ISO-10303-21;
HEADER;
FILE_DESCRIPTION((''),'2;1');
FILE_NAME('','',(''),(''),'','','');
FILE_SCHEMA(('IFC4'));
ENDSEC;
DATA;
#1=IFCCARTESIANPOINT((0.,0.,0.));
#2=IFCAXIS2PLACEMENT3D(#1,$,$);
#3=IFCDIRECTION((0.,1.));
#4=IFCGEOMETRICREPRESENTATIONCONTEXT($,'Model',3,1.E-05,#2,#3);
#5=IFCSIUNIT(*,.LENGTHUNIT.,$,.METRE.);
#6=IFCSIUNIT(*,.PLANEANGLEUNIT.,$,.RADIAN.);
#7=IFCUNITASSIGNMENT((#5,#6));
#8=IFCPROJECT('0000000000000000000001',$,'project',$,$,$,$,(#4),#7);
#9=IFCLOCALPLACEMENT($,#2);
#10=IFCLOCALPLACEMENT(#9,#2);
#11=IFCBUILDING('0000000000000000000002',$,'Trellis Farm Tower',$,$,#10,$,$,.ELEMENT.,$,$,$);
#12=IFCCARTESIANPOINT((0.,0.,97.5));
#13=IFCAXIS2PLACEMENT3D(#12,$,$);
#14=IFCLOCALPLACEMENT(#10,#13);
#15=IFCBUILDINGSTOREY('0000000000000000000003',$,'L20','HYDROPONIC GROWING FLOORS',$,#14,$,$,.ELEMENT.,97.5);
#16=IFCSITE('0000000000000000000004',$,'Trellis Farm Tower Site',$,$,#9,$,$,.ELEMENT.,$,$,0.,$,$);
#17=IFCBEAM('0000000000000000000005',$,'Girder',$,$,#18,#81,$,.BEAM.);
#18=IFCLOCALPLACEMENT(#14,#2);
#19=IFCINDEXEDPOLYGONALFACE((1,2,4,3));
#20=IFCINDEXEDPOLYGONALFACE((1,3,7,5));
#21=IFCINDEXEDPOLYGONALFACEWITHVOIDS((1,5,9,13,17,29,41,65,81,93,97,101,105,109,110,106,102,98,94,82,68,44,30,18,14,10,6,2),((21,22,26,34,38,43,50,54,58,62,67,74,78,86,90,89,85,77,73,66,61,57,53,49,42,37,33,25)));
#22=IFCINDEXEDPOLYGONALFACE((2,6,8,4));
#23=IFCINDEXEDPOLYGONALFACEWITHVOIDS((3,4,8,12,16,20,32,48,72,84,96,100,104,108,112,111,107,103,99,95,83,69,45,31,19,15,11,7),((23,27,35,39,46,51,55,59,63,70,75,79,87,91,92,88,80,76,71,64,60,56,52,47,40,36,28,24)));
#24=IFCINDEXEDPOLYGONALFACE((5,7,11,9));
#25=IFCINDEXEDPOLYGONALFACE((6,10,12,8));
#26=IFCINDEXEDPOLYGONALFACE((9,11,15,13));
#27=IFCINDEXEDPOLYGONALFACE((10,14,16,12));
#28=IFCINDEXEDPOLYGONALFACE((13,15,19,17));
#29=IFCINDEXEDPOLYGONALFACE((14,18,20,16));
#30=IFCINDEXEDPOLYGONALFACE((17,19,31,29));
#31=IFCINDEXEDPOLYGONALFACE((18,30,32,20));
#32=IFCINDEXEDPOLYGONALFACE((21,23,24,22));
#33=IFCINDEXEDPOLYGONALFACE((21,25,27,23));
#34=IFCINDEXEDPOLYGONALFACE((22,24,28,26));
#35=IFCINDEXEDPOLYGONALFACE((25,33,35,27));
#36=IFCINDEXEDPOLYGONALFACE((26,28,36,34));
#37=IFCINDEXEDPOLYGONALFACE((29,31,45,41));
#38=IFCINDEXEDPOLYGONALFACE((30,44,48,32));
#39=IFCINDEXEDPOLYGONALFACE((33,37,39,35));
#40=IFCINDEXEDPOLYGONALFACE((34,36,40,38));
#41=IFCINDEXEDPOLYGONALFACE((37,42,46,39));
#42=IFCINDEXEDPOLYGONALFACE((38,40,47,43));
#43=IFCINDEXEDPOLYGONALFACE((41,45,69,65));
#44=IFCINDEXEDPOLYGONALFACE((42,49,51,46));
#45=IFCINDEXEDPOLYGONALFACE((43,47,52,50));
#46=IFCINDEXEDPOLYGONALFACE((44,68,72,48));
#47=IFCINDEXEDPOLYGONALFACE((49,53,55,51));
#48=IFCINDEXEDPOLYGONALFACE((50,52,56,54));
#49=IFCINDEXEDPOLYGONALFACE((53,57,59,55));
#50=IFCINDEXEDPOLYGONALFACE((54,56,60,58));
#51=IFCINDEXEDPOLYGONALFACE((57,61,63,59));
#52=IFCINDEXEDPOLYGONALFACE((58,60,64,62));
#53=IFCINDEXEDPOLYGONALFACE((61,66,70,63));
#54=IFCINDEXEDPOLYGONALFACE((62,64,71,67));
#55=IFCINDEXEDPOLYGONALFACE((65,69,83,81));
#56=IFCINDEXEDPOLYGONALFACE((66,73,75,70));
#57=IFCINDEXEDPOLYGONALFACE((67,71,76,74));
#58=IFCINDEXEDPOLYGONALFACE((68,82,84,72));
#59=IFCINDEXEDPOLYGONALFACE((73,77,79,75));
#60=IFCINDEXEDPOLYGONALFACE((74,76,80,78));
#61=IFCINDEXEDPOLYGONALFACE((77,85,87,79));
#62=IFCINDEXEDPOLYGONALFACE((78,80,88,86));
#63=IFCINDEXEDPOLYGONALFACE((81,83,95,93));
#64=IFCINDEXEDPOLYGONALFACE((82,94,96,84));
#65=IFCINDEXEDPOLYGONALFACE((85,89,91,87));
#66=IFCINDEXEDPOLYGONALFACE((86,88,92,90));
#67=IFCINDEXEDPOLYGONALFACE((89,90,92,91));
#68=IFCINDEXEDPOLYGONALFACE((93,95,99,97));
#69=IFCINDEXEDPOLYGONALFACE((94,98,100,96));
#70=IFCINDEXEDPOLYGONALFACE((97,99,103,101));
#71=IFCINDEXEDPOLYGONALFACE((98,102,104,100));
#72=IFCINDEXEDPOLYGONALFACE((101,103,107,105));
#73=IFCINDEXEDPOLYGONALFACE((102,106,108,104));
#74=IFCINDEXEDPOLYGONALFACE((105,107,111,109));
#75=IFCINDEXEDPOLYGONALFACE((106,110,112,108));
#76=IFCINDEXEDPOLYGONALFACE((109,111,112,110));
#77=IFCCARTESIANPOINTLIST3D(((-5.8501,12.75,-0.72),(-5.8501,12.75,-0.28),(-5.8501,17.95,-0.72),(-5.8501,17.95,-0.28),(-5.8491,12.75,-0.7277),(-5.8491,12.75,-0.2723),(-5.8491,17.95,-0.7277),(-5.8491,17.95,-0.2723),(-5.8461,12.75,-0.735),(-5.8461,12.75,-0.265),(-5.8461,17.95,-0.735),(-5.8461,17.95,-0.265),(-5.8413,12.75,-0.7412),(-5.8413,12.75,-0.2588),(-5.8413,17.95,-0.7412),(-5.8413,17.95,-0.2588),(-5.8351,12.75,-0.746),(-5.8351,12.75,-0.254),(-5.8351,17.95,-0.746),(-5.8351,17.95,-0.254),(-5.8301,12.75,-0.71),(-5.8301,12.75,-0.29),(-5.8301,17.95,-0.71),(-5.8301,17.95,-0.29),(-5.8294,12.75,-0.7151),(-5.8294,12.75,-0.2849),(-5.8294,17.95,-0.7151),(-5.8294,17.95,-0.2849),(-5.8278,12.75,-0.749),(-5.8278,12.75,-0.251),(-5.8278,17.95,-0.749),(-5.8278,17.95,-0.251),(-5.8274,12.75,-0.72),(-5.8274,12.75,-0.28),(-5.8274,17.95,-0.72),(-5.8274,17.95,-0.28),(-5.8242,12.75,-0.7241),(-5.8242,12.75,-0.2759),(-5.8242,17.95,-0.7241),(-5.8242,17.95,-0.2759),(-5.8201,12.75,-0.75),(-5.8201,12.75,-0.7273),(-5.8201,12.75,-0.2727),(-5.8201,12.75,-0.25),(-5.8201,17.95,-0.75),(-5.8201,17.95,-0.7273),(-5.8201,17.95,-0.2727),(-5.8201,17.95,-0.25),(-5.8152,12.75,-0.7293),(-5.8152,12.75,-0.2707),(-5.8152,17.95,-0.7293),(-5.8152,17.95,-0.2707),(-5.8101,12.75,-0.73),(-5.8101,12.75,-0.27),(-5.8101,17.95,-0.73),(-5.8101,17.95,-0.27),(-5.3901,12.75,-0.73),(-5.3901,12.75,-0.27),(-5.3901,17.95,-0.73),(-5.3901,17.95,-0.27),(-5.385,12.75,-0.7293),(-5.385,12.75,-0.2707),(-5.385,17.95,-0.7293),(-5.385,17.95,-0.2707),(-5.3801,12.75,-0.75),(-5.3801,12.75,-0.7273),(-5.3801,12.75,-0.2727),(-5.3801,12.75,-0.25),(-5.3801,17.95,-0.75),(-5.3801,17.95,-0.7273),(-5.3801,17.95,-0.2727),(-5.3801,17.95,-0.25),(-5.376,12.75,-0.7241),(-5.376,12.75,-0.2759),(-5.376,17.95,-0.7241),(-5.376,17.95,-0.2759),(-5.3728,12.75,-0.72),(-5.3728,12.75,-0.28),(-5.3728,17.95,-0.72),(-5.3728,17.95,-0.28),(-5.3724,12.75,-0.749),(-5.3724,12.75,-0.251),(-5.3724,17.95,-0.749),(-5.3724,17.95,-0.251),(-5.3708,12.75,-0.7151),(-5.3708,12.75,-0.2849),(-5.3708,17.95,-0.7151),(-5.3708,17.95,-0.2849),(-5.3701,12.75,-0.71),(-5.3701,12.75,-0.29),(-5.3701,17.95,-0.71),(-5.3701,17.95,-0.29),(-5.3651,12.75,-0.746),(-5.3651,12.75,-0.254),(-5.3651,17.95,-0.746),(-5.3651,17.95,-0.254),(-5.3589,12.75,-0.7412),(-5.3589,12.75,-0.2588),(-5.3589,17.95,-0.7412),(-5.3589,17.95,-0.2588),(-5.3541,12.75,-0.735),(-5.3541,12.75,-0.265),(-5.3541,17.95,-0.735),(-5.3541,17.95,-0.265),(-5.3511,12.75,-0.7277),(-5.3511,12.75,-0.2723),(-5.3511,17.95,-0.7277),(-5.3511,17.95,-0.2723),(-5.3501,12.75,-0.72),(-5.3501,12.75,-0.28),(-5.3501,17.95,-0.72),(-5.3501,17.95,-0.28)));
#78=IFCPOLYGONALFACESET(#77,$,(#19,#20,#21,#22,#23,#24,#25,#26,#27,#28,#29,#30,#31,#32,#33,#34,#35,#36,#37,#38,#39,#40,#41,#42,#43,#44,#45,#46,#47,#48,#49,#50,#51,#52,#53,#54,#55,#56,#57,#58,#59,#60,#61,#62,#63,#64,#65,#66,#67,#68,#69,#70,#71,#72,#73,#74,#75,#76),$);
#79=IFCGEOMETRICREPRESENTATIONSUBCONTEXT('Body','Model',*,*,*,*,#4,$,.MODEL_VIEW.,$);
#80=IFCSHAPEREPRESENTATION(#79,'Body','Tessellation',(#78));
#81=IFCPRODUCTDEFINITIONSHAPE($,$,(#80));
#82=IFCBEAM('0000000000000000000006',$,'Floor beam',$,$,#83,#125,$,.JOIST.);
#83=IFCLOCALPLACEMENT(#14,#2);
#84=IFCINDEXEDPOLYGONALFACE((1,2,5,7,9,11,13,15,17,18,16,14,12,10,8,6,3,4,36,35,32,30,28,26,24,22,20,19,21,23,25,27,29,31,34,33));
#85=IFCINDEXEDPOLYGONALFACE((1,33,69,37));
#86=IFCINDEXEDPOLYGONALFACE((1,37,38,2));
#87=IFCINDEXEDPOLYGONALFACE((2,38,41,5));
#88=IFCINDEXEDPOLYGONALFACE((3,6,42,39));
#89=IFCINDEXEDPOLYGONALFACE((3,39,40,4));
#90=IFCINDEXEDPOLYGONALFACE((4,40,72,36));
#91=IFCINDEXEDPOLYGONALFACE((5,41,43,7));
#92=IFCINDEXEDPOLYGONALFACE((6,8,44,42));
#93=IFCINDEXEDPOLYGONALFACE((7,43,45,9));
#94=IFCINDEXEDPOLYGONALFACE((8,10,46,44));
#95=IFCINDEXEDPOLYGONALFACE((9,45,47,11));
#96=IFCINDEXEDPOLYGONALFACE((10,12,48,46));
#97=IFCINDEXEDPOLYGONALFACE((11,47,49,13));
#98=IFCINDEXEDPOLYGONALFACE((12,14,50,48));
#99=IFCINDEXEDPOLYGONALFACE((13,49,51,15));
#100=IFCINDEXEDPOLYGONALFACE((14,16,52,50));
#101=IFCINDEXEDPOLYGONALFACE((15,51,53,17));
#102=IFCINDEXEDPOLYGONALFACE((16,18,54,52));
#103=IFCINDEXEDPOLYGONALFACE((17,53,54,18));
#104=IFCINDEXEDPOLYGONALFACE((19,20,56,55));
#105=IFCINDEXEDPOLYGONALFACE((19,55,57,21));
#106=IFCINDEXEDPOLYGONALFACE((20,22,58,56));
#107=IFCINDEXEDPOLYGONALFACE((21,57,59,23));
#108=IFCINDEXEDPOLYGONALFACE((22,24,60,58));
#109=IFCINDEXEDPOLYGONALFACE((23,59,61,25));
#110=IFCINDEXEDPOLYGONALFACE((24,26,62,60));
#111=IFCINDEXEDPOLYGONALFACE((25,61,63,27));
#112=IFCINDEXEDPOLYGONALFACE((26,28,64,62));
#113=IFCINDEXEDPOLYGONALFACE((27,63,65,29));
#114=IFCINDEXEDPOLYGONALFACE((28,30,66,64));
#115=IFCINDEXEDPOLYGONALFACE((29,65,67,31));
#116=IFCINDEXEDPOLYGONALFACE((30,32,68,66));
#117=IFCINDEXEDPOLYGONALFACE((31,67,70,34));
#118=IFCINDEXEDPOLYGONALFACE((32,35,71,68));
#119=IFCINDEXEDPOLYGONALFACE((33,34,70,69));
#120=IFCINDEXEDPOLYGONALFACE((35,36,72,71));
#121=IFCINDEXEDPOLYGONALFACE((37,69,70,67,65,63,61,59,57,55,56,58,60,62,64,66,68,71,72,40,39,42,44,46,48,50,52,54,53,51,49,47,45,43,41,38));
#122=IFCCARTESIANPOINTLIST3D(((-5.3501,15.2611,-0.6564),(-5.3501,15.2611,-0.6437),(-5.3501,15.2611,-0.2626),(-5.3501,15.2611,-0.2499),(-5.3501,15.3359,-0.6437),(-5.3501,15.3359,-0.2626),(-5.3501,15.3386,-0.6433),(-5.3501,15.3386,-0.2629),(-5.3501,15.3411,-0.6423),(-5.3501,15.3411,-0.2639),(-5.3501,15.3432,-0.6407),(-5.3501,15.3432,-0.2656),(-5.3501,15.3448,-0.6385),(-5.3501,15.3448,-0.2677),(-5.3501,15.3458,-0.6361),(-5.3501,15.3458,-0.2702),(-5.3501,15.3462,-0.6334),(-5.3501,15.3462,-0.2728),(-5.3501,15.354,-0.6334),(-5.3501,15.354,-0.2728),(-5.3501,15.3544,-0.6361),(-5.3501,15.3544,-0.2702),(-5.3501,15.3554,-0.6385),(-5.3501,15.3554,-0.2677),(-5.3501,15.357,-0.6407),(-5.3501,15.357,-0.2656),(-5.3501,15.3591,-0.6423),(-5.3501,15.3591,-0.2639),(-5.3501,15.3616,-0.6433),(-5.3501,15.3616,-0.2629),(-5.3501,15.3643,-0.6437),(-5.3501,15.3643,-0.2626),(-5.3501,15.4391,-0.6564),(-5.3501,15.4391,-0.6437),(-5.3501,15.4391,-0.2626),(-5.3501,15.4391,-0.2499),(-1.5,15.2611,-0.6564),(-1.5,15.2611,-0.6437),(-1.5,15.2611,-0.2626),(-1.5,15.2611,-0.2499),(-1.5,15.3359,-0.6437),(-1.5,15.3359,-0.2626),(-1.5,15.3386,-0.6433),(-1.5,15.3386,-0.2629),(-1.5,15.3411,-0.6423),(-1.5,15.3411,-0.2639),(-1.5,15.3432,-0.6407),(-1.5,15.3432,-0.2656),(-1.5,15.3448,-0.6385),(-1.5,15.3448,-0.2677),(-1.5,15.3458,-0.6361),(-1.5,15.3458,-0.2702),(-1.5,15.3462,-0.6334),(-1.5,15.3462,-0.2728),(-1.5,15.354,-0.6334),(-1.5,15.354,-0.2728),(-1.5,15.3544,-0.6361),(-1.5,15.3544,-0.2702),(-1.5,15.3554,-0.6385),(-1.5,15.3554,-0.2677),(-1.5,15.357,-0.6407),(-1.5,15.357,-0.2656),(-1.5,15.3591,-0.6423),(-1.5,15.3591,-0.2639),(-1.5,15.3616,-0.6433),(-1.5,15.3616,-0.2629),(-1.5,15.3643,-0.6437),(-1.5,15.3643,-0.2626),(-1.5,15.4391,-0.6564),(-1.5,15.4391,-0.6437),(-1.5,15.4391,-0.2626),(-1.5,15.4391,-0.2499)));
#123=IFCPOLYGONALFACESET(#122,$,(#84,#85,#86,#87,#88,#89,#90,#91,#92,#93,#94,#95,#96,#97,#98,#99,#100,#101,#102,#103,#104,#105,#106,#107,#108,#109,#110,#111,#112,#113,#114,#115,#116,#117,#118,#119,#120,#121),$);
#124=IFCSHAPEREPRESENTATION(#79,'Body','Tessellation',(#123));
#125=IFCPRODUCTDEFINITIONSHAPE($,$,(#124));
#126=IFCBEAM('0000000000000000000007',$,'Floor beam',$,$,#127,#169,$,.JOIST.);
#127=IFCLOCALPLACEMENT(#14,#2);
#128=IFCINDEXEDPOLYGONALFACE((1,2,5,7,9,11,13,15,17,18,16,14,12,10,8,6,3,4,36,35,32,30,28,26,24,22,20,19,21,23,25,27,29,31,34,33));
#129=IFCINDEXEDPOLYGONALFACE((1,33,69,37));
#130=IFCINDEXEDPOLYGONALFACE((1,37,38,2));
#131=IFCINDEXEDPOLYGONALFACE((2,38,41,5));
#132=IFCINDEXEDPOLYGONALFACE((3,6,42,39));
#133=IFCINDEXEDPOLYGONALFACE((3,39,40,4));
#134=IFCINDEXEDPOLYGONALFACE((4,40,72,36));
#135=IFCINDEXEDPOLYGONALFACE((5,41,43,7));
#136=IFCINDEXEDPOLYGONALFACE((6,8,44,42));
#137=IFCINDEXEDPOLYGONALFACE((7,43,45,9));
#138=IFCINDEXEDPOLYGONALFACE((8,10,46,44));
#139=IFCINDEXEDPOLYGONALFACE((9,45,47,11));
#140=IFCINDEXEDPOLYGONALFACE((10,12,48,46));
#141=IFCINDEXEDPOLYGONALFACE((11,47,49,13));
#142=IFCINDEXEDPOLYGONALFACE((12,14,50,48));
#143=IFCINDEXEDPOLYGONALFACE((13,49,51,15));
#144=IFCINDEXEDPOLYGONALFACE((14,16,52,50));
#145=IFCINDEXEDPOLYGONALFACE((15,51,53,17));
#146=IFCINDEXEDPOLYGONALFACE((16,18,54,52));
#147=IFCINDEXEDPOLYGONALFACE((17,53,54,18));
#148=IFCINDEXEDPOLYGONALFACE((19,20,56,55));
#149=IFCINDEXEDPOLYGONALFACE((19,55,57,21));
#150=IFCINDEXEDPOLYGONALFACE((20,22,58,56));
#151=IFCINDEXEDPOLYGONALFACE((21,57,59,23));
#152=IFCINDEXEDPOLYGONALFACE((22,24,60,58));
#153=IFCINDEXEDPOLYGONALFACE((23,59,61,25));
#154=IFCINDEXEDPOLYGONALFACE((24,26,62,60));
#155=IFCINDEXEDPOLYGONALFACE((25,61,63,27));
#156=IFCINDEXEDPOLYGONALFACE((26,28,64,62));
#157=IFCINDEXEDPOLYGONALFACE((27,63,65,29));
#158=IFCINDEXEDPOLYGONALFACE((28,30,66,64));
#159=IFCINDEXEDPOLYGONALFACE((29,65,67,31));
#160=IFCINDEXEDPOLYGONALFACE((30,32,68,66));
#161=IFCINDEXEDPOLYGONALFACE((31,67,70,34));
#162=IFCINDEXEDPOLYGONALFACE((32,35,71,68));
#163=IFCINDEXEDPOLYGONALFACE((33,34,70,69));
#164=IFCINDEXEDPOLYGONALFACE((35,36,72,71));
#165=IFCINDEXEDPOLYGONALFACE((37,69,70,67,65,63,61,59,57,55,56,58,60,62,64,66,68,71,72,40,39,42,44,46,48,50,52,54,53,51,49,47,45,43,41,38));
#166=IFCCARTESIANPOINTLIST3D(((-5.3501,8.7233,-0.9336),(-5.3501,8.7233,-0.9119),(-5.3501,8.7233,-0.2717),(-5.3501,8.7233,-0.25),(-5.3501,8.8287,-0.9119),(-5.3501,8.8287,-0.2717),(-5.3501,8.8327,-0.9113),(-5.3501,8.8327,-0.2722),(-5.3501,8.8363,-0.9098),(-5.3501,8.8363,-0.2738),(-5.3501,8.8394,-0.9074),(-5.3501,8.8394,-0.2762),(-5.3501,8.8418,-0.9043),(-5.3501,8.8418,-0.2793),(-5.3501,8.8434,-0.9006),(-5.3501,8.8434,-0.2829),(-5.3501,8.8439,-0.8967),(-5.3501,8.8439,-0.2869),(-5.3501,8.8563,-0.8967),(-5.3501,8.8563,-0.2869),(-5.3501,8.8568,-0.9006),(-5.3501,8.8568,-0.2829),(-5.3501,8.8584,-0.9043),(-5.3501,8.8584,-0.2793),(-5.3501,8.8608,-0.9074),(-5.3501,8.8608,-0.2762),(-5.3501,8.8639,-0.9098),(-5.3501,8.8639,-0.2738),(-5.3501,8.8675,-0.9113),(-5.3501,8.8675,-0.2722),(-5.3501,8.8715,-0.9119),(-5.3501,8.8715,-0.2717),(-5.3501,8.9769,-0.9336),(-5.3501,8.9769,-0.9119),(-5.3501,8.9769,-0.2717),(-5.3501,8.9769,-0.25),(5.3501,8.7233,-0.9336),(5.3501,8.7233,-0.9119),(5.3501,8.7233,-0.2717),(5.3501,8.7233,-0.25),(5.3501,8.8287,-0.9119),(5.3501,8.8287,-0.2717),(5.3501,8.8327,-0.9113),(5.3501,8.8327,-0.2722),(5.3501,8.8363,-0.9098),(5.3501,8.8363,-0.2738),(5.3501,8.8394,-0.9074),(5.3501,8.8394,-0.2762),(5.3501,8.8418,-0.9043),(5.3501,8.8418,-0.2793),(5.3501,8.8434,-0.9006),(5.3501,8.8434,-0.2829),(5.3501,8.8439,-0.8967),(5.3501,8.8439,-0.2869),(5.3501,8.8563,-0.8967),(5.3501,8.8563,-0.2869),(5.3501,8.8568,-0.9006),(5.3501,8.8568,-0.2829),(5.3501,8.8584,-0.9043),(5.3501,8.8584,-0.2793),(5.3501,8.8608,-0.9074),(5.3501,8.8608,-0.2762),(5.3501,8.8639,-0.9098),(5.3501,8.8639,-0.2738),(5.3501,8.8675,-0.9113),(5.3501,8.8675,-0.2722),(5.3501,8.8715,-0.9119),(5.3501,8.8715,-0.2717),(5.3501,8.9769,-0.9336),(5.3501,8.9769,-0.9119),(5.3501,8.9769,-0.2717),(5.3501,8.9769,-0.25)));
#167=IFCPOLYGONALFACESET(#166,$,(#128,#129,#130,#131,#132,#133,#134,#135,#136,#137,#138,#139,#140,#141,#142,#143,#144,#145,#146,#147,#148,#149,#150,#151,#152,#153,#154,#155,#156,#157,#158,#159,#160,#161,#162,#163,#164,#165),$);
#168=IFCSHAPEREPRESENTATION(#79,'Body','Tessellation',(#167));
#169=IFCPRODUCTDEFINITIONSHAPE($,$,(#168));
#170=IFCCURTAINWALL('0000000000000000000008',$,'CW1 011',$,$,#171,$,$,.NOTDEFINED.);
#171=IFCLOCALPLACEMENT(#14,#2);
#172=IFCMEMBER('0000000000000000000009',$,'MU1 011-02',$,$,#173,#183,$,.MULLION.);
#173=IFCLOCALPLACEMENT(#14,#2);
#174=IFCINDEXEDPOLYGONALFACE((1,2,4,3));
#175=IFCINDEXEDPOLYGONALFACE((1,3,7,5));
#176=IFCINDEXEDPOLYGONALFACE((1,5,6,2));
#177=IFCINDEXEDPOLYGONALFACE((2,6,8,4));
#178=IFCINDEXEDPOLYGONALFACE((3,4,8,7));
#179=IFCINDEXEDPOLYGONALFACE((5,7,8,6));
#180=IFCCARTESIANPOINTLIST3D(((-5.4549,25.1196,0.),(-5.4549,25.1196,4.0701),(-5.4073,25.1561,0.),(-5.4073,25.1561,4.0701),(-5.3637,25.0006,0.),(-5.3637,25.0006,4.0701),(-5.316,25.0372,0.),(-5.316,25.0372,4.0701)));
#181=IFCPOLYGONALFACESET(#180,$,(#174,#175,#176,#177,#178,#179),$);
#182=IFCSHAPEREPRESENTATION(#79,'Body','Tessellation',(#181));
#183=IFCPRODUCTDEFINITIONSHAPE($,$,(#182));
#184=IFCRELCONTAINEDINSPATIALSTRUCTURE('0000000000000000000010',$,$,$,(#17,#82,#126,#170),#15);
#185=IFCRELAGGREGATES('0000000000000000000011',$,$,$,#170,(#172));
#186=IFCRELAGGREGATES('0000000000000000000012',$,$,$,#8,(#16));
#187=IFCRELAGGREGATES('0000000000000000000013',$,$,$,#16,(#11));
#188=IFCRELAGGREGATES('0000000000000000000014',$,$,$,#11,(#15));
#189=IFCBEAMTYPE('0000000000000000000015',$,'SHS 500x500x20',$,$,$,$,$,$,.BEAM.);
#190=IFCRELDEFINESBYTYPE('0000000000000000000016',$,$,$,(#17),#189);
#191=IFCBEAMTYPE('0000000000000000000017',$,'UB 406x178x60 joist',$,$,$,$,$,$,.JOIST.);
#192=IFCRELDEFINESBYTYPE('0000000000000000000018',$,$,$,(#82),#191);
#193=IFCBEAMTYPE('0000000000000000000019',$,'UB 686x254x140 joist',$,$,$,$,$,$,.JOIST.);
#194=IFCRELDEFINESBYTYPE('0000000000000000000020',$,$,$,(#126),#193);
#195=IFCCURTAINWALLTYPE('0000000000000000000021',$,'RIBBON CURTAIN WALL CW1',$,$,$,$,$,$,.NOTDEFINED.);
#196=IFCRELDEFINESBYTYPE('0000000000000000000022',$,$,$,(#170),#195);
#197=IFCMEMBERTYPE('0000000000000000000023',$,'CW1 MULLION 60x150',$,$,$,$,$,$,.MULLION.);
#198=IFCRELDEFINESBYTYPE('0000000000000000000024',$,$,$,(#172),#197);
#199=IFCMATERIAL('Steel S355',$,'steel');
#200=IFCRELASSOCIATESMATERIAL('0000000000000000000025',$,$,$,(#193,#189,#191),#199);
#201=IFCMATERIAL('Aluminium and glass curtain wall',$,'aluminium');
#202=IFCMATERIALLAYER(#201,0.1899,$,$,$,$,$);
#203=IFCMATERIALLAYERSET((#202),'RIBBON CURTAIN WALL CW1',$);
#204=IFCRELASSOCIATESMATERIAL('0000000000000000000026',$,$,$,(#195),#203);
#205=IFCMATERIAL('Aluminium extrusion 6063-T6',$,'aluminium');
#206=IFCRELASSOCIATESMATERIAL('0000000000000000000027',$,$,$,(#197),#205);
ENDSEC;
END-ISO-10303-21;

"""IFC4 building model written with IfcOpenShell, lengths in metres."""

from ifc_helpers import new_model, si_unit, direction, frame, origin, origin_2d, place, context, subcontext, project, spatial, rectangle, hollow_rectangle, i_section, extrude, source, transform, mapped, material, layer, layer_set, material_profile, profile_set, type_object, element, aggregate, save


model = new_model("IFC4")

# Units and contexts
model_context = context("Model", 3, precision=1e-05, world=origin(), true_north=direction((0.0, 1.0)))
body_context = subcontext(model_context, "Body", "Model", "MODEL_VIEW")
ifc_project = project(units=[si_unit("LENGTHUNIT", "METRE"), si_unit("PLANEANGLEUNIT", "RADIAN")], contexts=[model_context])

# Site, building, storey
site_placement = place(None, origin())
site = spatial("IfcSite", under=ifc_project, at=site_placement, Name="Trellis Farm Tower Site", CompositionType="ELEMENT", RefElevation=0.0)
building_placement = place(site_placement, origin())
building = spatial("IfcBuilding", under=site, at=building_placement, Name="Trellis Farm Tower", CompositionType="ELEMENT")
storey_placement = place(building_placement, frame((0.0, 0.0, 97.5)))
storey = spatial("IfcBuildingStorey", under=building, at=storey_placement, Name="L20", Description="HYDROPONIC GROWING FLOORS", CompositionType="ELEMENT", Elevation=97.5)

# Beams
ifc_material_1 = material(Name="Steel S355", Category="steel")
ifc_material_profile_1 = material_profile(ifc_material_1, i_section(OverallWidth=0.2537, OverallDepth=0.6836, WebThickness=0.0125, FlangeThickness=0.0217, FilletRadius=0.0151, at=origin_2d()), Name="UB 686x254x140")
ifc_profile_set_1 = profile_set([ifc_material_profile_1], Name="Steel S355")
beam_type_1 = type_object("IfcBeamType", Name="UB 686x254x140 joist", PredefinedType="JOIST", material=ifc_profile_set_1)
ifc_material_profile_2 = material_profile(ifc_material_1, hollow_rectangle(XDim=0.5, YDim=0.5, WallThickness=0.02, InnerFilletRadius=0.02, OuterFilletRadius=0.03, at=origin_2d()), Name="SHS 500x500x20")
ifc_profile_set_2 = profile_set([ifc_material_profile_2], Name="Steel S355")
beam_type_2 = type_object("IfcBeamType", Name="SHS 500x500x20", PredefinedType="BEAM", material=ifc_profile_set_2)
shared_shape_1 = source(origin(), body_context, "Body", "SweptSolid", [
    extrude(hollow_rectangle(XDim=0.5, YDim=0.5, WallThickness=0.02, InnerFilletRadius=0.02, OuterFilletRadius=0.03, at=origin_2d()), origin(), (0.0, 0.0, 1.0), 5.2),
])
for number, where, z_axis, x_axis, name in (
    (1, (-5.6001, 12.75, -0.5), (0.0, 1.0, 0.0), (-1.0, 0.0, 0.0), "Girder"),
):
    element("IfcBeam", number, at=place(storey_placement, frame(where, z_axis=z_axis, x_axis=x_axis)), inside=storey, type_object=beam_type_2, Name=name, PredefinedType="BEAM", context=body_context, shape_type="MappedRepresentation", body=[
        mapped(shared_shape_1, transform((0.0, 0.0, 0.0))),
    ])
ifc_material_profile_3 = material_profile(ifc_material_1, i_section(OverallWidth=0.178, OverallDepth=0.4065, WebThickness=0.0078, FlangeThickness=0.0127, FilletRadius=0.0103, at=origin_2d()), Name="UB 406x178x60")
ifc_profile_set_3 = profile_set([ifc_material_profile_3], Name="Steel S355")
beam_type_3 = type_object("IfcBeamType", Name="UB 406x178x60 joist", PredefinedType="JOIST", material=ifc_profile_set_3)
shared_shape_2 = source(origin(), body_context, "Body", "SweptSolid", [
    extrude(i_section(OverallWidth=0.178, OverallDepth=0.4065, WebThickness=0.0078, FlangeThickness=0.0127, FilletRadius=0.0103, at=origin_2d()), origin(), (0.0, 0.0, 1.0), 3.8501),
])
beam_1_placement = place(storey_placement, frame((-5.3501, 15.3501, -0.4531), z_axis=(1.0, 0.0, 0.0), x_axis=(0.0, 1.0, 0.0)))
element("IfcBeam", 2, at=beam_1_placement, inside=storey, type_object=beam_type_3, Name="Floor beam", PredefinedType="JOIST", context=body_context, shape_type="MappedRepresentation", body=[
    mapped(shared_shape_2, transform((0.0, 0.0, 0.0))),
])
shared_shape_3 = source(origin(), body_context, "Body", "SweptSolid", [
    extrude(i_section(OverallWidth=0.2537, OverallDepth=0.6836, WebThickness=0.0125, FlangeThickness=0.0217, FilletRadius=0.0151, at=origin_2d()), origin(), (0.0, 0.0, 1.0), 10.7002),
])
beam_2_placement = place(storey_placement, frame((-5.3501, 8.8501, -0.5918), z_axis=(1.0, 0.0, 0.0), x_axis=(0.0, 1.0, 0.0)))
element("IfcBeam", 3, at=beam_2_placement, inside=storey, type_object=beam_type_1, Name="Floor beam", PredefinedType="JOIST", context=body_context, shape_type="MappedRepresentation", body=[
    mapped(shared_shape_3, transform((0.0, 0.0, 0.0))),
])

# Curtain wall, member
ifc_material_2 = material(Name="Aluminium and glass curtain wall", Category="aluminium")
ifc_layer_1 = layer(ifc_material_2, 0.1899)
ifc_layer_set_1 = layer_set([ifc_layer_1], Name="RIBBON CURTAIN WALL CW1")
curtain_wall_type_1 = type_object("IfcCurtainWallType", Name="RIBBON CURTAIN WALL CW1", PredefinedType="NOTDEFINED", material=ifc_layer_set_1)
placement = place(storey_placement, origin())
curtain_wall_1 = element("IfcCurtainWall", 4, at=placement, inside=storey, type_object=curtain_wall_type_1, Name="CW1 011", PredefinedType="NOTDEFINED")
ifc_material_3 = material(Name="Aluminium extrusion 6063-T6", Category="aluminium")
ifc_material_profile_4 = material_profile(ifc_material_3, rectangle(XDim=0.0601, YDim=0.1499, at=origin_2d()), Name="MULLION 60x150")
ifc_profile_set_4 = profile_set([ifc_material_profile_4], Name="Aluminium extrusion 6063-T6")
member_type_1 = type_object("IfcMemberType", Name="CW1 MULLION 60x150", PredefinedType="MULLION", material=ifc_profile_set_4)
shared_shape_4 = source(origin(), body_context, "Body", "SweptSolid", [
    extrude(rectangle(XDim=0.0601, YDim=0.1499, at=origin_2d()), origin(), (0.0, 0.0, 1.0), 4.0701),
])
member_1_placement = place(storey_placement, frame((-5.3855, 25.0784, 0.0), z_axis=(0.0, 0.0, 1.0), x_axis=(-0.793353, -0.608761, 0.0)))
member_1 = element("IfcMember", 5, at=member_1_placement, type_object=member_type_1, Name="MU1 011-02", PredefinedType="MULLION", context=body_context, shape_type="MappedRepresentation", body=[
    mapped(shared_shape_4, transform((0.0, 0.0, 0.0))),
])
aggregate(curtain_wall_1, [member_1])

save(model, "model.ifc")
